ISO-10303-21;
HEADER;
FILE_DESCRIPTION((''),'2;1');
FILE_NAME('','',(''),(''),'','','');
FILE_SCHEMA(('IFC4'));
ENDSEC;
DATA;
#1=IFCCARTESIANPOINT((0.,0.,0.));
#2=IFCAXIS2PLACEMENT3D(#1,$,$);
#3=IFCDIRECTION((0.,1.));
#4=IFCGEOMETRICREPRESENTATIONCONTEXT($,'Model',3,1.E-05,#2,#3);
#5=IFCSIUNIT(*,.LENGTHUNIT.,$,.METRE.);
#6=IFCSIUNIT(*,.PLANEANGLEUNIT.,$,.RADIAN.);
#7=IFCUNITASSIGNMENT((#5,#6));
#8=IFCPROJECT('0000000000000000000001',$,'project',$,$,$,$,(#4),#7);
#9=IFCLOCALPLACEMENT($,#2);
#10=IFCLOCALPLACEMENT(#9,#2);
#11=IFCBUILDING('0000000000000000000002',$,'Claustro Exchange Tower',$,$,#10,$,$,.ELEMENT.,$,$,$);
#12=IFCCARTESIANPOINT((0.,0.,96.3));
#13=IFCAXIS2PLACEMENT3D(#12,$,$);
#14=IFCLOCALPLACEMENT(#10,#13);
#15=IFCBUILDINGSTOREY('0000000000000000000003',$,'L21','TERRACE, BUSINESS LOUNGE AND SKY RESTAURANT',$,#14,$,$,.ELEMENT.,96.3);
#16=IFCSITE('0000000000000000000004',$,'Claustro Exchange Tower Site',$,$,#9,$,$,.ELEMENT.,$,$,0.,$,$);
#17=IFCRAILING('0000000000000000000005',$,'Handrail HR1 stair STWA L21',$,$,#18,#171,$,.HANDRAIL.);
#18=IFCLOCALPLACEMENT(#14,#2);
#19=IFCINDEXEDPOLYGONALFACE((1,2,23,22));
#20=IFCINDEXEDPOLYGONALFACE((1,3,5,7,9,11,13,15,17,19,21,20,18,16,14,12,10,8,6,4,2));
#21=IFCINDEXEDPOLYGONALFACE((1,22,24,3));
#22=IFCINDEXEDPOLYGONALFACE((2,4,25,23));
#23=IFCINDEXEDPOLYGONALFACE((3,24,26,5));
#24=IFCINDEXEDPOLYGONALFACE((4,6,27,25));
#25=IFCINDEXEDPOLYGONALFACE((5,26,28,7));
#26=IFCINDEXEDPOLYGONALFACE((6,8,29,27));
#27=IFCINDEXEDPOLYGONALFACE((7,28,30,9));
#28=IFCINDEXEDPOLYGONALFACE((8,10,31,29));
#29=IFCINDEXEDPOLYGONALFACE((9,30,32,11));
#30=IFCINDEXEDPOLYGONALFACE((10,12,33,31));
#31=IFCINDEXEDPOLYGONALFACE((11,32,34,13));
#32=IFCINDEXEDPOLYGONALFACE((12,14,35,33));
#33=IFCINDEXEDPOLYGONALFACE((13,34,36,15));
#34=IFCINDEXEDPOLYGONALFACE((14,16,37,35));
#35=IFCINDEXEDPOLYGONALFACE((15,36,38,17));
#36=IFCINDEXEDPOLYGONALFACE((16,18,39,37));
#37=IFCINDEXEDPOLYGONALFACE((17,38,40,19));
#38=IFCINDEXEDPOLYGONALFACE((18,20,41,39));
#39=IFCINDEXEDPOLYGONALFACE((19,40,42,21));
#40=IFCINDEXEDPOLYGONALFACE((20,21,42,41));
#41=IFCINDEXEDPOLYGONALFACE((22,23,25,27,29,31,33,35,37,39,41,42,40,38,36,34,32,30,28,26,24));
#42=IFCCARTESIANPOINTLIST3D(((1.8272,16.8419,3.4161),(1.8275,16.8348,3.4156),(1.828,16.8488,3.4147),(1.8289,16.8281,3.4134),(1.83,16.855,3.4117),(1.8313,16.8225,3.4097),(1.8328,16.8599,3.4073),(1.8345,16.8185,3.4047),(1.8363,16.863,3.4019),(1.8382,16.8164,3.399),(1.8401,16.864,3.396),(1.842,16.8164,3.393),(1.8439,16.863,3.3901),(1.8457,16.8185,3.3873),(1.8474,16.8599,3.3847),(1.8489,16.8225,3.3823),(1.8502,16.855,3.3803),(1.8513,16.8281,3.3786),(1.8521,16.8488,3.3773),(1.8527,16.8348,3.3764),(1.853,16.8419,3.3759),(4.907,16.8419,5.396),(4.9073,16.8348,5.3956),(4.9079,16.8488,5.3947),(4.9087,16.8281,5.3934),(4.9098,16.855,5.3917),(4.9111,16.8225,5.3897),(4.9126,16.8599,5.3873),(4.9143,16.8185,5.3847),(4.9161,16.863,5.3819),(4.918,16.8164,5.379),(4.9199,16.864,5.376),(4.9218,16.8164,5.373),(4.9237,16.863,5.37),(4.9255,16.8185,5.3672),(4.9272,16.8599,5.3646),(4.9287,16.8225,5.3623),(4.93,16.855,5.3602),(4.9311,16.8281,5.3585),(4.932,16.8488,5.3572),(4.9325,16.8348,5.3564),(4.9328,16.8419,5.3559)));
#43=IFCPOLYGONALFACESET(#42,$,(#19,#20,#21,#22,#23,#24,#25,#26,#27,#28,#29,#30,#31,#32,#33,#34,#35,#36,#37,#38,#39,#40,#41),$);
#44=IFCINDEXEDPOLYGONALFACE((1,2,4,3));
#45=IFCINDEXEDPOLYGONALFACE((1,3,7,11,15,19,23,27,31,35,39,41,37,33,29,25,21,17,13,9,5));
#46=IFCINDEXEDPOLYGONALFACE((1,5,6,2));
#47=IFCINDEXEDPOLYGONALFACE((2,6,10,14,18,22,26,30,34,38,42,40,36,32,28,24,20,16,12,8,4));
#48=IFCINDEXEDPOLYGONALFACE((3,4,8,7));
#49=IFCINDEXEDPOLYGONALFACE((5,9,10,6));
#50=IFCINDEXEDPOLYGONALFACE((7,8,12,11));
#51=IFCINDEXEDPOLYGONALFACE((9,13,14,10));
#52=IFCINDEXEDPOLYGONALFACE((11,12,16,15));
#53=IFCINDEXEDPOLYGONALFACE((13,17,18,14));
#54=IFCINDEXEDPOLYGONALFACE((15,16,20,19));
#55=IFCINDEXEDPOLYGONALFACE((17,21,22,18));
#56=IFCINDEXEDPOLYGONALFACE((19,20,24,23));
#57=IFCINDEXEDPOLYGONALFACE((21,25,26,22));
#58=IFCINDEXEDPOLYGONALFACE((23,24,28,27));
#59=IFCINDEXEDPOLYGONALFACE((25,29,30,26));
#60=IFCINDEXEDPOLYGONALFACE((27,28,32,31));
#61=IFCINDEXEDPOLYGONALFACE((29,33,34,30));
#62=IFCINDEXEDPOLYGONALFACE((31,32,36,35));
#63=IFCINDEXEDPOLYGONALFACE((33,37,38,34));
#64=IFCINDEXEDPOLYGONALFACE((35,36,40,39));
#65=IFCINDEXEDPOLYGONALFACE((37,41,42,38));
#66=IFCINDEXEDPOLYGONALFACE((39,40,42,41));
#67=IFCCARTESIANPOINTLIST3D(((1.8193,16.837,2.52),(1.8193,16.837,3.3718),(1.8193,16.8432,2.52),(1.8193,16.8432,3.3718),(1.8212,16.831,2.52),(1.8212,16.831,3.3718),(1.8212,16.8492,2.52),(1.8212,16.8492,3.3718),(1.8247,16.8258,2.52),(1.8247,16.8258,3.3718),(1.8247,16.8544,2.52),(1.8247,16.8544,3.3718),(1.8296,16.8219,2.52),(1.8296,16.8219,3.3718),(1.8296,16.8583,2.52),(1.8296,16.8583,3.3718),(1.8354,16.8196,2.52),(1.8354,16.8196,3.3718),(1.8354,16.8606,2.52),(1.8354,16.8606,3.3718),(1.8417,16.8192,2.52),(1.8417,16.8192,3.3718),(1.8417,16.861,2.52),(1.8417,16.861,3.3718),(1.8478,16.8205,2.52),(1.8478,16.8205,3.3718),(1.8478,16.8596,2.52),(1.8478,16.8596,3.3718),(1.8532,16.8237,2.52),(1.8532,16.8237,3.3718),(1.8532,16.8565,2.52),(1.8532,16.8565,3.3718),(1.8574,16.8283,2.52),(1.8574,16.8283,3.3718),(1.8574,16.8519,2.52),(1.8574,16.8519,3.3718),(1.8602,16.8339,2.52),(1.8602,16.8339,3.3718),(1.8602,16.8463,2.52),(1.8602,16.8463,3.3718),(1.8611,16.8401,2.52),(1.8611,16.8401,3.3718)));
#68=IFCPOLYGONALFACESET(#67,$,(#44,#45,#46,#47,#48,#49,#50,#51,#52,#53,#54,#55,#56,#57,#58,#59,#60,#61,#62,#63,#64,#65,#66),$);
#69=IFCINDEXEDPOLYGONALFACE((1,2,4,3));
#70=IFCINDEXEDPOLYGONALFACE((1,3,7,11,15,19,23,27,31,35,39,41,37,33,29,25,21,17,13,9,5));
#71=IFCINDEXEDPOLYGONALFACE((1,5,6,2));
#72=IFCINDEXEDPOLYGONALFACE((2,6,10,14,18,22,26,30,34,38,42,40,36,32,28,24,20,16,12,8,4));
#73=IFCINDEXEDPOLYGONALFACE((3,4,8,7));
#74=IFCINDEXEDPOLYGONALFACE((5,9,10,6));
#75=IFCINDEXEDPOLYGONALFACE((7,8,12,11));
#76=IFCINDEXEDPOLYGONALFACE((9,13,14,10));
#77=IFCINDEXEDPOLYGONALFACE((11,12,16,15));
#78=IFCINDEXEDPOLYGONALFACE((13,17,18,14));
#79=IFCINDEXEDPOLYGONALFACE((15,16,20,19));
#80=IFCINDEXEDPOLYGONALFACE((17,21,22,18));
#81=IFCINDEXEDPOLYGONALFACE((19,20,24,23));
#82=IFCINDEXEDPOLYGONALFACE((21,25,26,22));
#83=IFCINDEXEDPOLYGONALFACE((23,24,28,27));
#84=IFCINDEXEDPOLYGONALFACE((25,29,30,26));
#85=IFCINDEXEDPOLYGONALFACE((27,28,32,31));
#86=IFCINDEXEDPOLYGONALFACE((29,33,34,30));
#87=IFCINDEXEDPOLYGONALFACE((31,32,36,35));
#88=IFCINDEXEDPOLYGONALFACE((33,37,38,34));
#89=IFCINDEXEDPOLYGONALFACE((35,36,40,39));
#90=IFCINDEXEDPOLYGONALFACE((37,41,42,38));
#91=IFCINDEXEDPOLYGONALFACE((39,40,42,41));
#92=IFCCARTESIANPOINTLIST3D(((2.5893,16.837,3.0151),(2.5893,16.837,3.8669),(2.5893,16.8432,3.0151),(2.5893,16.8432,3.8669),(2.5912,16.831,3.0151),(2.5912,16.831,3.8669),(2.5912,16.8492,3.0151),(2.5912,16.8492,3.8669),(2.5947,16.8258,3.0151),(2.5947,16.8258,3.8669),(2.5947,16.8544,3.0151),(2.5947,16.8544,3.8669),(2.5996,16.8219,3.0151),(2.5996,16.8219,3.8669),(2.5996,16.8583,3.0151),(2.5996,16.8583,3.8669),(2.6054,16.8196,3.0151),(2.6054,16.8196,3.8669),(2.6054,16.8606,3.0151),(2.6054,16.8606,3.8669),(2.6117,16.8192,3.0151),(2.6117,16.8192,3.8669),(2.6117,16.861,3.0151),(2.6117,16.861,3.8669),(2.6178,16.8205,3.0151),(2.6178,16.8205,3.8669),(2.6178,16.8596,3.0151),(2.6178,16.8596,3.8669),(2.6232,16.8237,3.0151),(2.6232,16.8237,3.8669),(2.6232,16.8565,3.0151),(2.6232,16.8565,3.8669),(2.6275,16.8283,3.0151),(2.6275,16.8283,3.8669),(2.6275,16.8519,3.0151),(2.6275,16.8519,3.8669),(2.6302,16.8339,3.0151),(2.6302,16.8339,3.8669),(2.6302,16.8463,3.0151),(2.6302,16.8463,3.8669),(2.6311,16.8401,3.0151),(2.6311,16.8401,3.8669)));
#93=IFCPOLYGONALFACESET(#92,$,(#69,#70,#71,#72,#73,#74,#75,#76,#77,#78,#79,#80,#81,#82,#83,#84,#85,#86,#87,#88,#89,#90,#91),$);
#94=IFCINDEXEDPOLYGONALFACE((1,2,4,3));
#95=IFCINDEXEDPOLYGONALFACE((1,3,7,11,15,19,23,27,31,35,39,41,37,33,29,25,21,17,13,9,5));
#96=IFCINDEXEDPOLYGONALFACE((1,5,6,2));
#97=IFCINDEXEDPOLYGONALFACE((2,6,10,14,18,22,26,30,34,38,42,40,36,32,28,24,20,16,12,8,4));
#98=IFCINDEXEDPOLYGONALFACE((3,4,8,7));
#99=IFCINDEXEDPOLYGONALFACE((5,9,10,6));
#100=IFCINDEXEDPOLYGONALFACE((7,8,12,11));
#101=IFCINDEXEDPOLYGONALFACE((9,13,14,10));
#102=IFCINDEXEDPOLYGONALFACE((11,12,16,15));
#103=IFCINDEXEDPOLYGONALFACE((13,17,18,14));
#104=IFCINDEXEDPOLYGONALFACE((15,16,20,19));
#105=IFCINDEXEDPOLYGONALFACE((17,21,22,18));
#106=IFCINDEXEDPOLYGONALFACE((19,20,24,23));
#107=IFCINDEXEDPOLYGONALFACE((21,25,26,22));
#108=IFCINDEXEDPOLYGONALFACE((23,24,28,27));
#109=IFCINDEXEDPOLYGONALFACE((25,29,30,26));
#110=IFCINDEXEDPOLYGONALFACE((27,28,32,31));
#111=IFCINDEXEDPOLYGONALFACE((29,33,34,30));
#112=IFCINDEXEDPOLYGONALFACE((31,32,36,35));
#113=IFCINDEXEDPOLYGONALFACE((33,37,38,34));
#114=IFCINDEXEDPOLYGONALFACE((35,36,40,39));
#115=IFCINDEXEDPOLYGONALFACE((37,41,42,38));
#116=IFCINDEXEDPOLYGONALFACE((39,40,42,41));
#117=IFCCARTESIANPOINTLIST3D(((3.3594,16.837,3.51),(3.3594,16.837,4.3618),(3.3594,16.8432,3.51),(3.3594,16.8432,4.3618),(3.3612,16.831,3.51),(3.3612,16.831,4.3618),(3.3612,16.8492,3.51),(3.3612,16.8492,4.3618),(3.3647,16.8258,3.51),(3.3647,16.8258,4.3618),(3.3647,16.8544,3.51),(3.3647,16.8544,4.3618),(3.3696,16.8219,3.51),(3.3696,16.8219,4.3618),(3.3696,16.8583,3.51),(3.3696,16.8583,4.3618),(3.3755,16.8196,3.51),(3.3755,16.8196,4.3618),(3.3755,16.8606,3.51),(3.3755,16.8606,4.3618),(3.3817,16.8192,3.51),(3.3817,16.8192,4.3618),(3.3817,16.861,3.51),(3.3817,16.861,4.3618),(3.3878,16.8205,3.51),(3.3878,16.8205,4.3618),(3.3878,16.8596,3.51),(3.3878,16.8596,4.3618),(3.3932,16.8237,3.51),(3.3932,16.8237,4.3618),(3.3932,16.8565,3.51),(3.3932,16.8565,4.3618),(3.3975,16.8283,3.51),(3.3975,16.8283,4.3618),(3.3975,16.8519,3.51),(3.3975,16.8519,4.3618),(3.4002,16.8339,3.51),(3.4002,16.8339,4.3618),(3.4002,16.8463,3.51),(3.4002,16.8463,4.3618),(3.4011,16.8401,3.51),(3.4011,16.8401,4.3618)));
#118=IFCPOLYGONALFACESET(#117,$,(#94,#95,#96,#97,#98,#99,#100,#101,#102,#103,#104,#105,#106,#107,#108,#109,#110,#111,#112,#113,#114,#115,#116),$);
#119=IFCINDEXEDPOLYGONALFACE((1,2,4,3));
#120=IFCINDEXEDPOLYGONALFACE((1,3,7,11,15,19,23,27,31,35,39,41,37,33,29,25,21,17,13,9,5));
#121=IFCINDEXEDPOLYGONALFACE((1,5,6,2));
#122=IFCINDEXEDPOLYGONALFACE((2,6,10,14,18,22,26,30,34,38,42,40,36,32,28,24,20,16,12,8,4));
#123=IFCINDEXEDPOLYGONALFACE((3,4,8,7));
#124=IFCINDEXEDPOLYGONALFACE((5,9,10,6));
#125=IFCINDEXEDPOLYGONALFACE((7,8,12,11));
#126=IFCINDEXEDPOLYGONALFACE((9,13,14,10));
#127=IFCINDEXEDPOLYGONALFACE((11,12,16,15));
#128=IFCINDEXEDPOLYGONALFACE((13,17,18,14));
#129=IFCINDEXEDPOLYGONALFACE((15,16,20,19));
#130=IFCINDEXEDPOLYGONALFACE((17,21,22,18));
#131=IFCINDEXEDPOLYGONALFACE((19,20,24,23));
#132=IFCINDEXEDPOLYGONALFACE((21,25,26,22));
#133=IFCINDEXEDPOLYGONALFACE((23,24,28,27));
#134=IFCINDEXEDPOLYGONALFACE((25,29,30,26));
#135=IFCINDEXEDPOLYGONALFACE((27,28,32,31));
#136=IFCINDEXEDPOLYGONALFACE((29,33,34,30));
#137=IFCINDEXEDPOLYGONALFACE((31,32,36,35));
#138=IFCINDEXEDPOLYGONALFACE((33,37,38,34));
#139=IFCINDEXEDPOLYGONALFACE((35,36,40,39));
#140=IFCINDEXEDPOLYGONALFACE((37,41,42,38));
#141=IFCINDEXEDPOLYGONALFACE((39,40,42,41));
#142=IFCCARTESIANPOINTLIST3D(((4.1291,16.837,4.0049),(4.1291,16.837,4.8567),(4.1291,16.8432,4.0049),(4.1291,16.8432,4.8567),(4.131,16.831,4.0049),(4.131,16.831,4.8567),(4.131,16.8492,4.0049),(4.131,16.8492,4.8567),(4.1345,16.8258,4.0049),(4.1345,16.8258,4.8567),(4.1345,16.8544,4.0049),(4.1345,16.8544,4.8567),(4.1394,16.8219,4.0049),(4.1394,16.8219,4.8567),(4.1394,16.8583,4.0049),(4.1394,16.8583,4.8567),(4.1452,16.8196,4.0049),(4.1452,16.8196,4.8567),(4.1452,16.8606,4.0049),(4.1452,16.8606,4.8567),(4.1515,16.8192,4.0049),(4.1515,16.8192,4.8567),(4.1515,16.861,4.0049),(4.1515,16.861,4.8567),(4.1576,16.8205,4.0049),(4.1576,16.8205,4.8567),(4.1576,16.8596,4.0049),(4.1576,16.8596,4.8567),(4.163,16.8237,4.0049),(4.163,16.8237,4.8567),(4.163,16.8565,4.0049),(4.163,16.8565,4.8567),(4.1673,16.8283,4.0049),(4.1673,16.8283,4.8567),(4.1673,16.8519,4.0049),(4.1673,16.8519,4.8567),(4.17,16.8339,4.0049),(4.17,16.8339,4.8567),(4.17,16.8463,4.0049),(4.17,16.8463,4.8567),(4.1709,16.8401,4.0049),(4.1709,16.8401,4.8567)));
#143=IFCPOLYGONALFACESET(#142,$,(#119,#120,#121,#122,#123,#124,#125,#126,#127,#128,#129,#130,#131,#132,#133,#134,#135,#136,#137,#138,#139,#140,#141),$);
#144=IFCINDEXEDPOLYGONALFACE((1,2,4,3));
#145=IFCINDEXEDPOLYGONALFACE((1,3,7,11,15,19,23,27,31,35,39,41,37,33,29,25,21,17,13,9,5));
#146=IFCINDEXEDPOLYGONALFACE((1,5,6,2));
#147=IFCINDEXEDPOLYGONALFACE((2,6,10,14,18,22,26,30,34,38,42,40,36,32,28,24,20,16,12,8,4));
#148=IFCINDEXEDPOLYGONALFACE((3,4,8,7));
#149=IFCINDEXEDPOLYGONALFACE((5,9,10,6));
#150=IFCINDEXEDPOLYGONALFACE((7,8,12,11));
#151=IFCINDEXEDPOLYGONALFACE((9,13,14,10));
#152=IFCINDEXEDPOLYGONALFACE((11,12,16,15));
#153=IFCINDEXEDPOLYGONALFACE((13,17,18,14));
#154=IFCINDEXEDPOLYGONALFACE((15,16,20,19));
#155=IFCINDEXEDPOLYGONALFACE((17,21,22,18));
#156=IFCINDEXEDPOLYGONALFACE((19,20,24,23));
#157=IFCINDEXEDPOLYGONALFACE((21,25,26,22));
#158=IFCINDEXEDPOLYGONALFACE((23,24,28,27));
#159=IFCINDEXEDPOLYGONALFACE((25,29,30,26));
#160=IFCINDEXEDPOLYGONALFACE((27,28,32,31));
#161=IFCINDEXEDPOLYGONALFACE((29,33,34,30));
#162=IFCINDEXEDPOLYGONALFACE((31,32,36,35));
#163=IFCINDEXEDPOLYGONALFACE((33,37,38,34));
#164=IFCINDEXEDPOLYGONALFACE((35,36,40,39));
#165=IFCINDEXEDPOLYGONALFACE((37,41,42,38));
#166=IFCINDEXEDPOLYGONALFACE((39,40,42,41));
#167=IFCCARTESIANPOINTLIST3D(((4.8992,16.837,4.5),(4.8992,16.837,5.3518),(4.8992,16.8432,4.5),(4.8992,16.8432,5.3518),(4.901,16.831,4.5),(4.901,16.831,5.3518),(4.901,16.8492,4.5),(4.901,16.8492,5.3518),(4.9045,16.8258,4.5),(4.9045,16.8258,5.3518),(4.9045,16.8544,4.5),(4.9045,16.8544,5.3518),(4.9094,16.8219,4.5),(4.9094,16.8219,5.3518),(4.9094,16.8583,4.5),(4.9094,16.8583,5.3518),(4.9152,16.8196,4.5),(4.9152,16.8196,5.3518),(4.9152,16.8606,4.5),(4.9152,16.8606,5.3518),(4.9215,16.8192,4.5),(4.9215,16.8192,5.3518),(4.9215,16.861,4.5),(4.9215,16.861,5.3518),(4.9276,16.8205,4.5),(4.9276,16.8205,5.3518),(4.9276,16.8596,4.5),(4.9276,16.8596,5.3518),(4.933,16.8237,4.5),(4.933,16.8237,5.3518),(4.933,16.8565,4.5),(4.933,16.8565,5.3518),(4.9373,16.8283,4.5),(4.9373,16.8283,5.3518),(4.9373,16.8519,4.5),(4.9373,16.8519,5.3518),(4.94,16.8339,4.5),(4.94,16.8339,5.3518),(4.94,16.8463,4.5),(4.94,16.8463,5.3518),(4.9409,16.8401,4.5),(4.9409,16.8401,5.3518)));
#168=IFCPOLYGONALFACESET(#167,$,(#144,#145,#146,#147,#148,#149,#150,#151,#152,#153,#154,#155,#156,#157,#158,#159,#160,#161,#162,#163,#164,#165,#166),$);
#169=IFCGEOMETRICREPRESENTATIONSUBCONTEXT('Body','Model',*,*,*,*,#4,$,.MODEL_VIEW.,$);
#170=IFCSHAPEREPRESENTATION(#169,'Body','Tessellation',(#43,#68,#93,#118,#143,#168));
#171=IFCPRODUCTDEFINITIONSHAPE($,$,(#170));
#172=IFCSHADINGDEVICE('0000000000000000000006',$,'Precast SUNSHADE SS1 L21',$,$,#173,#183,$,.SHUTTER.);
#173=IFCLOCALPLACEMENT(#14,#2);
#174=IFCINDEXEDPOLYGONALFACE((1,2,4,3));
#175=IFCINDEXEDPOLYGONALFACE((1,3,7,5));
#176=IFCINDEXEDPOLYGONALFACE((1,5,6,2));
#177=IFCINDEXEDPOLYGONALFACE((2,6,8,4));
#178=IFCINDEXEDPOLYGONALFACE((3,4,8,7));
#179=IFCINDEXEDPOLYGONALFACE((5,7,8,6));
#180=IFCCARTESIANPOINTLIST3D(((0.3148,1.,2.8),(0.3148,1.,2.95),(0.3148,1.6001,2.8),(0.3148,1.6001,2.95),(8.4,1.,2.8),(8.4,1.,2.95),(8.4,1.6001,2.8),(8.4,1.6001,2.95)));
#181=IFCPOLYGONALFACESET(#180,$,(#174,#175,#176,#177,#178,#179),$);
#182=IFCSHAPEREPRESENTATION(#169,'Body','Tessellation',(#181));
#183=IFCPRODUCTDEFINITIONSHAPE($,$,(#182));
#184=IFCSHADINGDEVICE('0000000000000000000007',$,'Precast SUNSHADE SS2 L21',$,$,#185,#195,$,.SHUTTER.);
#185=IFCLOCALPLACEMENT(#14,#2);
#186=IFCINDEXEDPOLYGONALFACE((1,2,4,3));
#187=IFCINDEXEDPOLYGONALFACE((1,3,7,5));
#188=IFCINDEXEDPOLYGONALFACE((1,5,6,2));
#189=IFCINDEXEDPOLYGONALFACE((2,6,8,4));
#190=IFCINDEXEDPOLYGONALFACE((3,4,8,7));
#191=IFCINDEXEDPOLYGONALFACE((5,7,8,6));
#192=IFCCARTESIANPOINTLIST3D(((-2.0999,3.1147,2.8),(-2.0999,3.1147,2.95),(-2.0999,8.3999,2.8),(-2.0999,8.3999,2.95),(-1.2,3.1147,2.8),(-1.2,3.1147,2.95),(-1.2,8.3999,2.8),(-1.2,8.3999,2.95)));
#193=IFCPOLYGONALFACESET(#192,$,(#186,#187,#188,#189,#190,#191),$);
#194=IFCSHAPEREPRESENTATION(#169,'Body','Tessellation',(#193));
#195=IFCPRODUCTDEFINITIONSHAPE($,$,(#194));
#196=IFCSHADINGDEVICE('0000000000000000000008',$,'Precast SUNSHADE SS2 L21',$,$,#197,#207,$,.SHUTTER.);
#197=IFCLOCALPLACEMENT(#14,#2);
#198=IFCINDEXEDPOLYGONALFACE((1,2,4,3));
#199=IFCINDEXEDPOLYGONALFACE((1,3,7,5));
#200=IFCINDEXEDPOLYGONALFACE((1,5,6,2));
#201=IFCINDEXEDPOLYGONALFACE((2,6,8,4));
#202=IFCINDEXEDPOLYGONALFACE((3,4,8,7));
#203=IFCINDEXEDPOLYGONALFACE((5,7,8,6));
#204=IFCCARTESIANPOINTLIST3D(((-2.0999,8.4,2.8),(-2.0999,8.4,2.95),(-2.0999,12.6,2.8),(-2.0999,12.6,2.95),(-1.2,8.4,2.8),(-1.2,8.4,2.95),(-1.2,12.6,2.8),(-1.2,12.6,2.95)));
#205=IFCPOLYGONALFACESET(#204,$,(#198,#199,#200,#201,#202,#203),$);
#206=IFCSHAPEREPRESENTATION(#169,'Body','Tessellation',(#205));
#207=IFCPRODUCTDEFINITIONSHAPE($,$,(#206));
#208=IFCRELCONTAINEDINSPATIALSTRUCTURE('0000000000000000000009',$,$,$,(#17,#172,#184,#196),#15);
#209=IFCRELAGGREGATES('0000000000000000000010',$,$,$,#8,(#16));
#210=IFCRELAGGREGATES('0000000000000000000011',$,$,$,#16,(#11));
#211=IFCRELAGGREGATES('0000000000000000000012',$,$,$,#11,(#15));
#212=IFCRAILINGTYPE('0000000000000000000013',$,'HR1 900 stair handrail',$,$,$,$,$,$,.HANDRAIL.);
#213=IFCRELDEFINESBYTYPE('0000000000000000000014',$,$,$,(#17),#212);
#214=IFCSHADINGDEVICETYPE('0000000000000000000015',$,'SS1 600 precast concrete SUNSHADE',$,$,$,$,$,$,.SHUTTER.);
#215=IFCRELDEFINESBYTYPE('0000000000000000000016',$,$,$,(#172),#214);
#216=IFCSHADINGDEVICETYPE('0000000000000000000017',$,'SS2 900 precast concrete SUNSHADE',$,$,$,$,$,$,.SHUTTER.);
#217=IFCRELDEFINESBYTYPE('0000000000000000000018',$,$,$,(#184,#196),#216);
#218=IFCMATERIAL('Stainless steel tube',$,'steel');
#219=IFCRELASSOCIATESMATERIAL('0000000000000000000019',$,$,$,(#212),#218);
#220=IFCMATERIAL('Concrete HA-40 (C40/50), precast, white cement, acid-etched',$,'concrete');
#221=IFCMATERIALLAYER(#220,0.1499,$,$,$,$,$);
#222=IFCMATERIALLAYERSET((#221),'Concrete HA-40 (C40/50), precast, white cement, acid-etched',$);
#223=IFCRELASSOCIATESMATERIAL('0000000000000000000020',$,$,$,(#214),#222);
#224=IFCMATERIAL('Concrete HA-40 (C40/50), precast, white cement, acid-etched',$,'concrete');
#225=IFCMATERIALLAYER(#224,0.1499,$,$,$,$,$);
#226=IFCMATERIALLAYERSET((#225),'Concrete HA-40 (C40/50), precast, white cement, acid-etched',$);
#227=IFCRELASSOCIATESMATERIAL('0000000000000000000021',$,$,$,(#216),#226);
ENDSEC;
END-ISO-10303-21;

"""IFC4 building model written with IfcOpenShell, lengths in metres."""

from ifc_helpers import new_model, si_unit, direction, frame, origin, origin_2d, place, context, subcontext, project, spatial, rectangle, circle, extrude, material, layer, layer_set, type_object, element, save


model = new_model("IFC4")

# Units and contexts
model_context = context("Model", 3, precision=1e-05, world=origin(), true_north=direction((0.0, 1.0)))
body_context = subcontext(model_context, "Body", "Model", "MODEL_VIEW")
ifc_project = project(units=[si_unit("LENGTHUNIT", "METRE"), si_unit("PLANEANGLEUNIT", "RADIAN")], contexts=[model_context])

# Site, building, storey
site_placement = place(None, origin())
site = spatial("IfcSite", under=ifc_project, at=site_placement, Name="Claustro Exchange Tower Site", CompositionType="ELEMENT", RefElevation=0.0)
building_placement = place(site_placement, origin())
building = spatial("IfcBuilding", under=site, at=building_placement, Name="Claustro Exchange Tower", CompositionType="ELEMENT")
storey_placement = place(building_placement, frame((0.0, 0.0, 96.3)))
storey = spatial("IfcBuildingStorey", under=building, at=storey_placement, Name="L21", Description="TERRACE, BUSINESS LOUNGE AND SKY RESTAURANT", CompositionType="ELEMENT", Elevation=96.3)

# Railing
ifc_material_1 = material(Name="Stainless steel tube", Category="steel")
railing_type_1 = type_object("IfcRailingType", Name="HR1 900 stair handrail", PredefinedType="HANDRAIL", material=ifc_material_1)
railing_1_placement = place(storey_placement, frame((1.8401, 16.8401, 2.52)))
element("IfcRailing", 1, at=railing_1_placement, inside=storey, type_object=railing_type_1, Name="Handrail HR1 stair STWA L21", PredefinedType="HANDRAIL", context=body_context, shape_type="SweptSolid", body=[
    extrude(circle(Radius=0.0239, at=origin_2d()), frame((0.0, 0.0, 0.876), z_axis=(0.841168, 0.0, 0.540774), x_axis=(0.0, 1.0, 0.0)), (0.0, 0.0, 1.0), 3.6614),
    extrude(circle(Radius=0.021, at=origin_2d()), origin(), (0.0, 0.0, 1.0), 0.8518),
    extrude(circle(Radius=0.021, at=origin_2d()), frame((0.77, 0.0, 0.4951)), (0.0, 0.0, 1.0), 0.8518),
    extrude(circle(Radius=0.021, at=origin_2d()), frame((1.54, 0.0, 0.99)), (0.0, 0.0, 1.0), 0.8518),
    extrude(circle(Radius=0.021, at=origin_2d()), frame((2.3098, 0.0, 1.4849)), (0.0, 0.0, 1.0), 0.8518),
    extrude(circle(Radius=0.021, at=origin_2d()), frame((3.0798, 0.0, 1.98)), (0.0, 0.0, 1.0), 0.8518),
])

# Shading devices
ifc_material_2 = material(Name="Concrete HA-40 (C40/50), precast, white cement, acid-etched", Category="concrete")
ifc_layer_1 = layer(ifc_material_2, 0.1499)
ifc_layer_set_1 = layer_set([ifc_layer_1], Name="Concrete HA-40 (C40/50), precast, white cement, acid-etched")
shading_device_type_1 = type_object("IfcShadingDeviceType", Name="SS1 600 precast concrete SUNSHADE", PredefinedType="SHUTTER", material=ifc_layer_set_1)
shading_device_1_placement = place(storey_placement, frame((4.3574, 1.3, 2.8), z_axis=(0.0, 0.0, 1.0), x_axis=(-1.0, 0.0, 0.0)))
element("IfcShadingDevice", 2, at=shading_device_1_placement, inside=storey, type_object=shading_device_type_1, Name="Precast SUNSHADE SS1 L21", PredefinedType="SHUTTER", context=body_context, shape_type="SweptSolid", body=[
    extrude(rectangle(XDim=8.0852, YDim=0.6001, at=origin_2d()), origin(), (0.0, 0.0, 1.0), 0.1499),
])
ifc_material_3 = material(Name="Concrete HA-40 (C40/50), precast, white cement, acid-etched", Category="concrete")
ifc_layer_2 = layer(ifc_material_3, 0.1499)
ifc_layer_set_2 = layer_set([ifc_layer_2], Name="Concrete HA-40 (C40/50), precast, white cement, acid-etched")
shading_device_type_2 = type_object("IfcShadingDeviceType", Name="SS2 900 precast concrete SUNSHADE", PredefinedType="SHUTTER", material=ifc_layer_set_2)
shading_device_2_placement = place(storey_placement, frame((-1.6499, 5.7573, 2.8), z_axis=(0.0, 0.0, 1.0), x_axis=(0.0, 1.0, 0.0)))
element("IfcShadingDevice", 3, at=shading_device_2_placement, inside=storey, type_object=shading_device_type_2, Name="Precast SUNSHADE SS2 L21", PredefinedType="SHUTTER", context=body_context, shape_type="SweptSolid", body=[
    extrude(rectangle(XDim=5.2852, YDim=0.8999, at=origin_2d()), origin(), (0.0, 0.0, 1.0), 0.1499),
])
shading_device_3_placement = place(storey_placement, frame((-1.6499, 10.5, 2.8), z_axis=(0.0, 0.0, 1.0), x_axis=(0.0, 1.0, 0.0)))
element("IfcShadingDevice", 4, at=shading_device_3_placement, inside=storey, type_object=shading_device_type_2, Name="Precast SUNSHADE SS2 L21", PredefinedType="SHUTTER", context=body_context, shape_type="SweptSolid", body=[
    extrude(rectangle(XDim=4.2, YDim=0.8999, at=origin_2d()), origin(), (0.0, 0.0, 1.0), 0.1499),
])

save(model, "model.ifc")
